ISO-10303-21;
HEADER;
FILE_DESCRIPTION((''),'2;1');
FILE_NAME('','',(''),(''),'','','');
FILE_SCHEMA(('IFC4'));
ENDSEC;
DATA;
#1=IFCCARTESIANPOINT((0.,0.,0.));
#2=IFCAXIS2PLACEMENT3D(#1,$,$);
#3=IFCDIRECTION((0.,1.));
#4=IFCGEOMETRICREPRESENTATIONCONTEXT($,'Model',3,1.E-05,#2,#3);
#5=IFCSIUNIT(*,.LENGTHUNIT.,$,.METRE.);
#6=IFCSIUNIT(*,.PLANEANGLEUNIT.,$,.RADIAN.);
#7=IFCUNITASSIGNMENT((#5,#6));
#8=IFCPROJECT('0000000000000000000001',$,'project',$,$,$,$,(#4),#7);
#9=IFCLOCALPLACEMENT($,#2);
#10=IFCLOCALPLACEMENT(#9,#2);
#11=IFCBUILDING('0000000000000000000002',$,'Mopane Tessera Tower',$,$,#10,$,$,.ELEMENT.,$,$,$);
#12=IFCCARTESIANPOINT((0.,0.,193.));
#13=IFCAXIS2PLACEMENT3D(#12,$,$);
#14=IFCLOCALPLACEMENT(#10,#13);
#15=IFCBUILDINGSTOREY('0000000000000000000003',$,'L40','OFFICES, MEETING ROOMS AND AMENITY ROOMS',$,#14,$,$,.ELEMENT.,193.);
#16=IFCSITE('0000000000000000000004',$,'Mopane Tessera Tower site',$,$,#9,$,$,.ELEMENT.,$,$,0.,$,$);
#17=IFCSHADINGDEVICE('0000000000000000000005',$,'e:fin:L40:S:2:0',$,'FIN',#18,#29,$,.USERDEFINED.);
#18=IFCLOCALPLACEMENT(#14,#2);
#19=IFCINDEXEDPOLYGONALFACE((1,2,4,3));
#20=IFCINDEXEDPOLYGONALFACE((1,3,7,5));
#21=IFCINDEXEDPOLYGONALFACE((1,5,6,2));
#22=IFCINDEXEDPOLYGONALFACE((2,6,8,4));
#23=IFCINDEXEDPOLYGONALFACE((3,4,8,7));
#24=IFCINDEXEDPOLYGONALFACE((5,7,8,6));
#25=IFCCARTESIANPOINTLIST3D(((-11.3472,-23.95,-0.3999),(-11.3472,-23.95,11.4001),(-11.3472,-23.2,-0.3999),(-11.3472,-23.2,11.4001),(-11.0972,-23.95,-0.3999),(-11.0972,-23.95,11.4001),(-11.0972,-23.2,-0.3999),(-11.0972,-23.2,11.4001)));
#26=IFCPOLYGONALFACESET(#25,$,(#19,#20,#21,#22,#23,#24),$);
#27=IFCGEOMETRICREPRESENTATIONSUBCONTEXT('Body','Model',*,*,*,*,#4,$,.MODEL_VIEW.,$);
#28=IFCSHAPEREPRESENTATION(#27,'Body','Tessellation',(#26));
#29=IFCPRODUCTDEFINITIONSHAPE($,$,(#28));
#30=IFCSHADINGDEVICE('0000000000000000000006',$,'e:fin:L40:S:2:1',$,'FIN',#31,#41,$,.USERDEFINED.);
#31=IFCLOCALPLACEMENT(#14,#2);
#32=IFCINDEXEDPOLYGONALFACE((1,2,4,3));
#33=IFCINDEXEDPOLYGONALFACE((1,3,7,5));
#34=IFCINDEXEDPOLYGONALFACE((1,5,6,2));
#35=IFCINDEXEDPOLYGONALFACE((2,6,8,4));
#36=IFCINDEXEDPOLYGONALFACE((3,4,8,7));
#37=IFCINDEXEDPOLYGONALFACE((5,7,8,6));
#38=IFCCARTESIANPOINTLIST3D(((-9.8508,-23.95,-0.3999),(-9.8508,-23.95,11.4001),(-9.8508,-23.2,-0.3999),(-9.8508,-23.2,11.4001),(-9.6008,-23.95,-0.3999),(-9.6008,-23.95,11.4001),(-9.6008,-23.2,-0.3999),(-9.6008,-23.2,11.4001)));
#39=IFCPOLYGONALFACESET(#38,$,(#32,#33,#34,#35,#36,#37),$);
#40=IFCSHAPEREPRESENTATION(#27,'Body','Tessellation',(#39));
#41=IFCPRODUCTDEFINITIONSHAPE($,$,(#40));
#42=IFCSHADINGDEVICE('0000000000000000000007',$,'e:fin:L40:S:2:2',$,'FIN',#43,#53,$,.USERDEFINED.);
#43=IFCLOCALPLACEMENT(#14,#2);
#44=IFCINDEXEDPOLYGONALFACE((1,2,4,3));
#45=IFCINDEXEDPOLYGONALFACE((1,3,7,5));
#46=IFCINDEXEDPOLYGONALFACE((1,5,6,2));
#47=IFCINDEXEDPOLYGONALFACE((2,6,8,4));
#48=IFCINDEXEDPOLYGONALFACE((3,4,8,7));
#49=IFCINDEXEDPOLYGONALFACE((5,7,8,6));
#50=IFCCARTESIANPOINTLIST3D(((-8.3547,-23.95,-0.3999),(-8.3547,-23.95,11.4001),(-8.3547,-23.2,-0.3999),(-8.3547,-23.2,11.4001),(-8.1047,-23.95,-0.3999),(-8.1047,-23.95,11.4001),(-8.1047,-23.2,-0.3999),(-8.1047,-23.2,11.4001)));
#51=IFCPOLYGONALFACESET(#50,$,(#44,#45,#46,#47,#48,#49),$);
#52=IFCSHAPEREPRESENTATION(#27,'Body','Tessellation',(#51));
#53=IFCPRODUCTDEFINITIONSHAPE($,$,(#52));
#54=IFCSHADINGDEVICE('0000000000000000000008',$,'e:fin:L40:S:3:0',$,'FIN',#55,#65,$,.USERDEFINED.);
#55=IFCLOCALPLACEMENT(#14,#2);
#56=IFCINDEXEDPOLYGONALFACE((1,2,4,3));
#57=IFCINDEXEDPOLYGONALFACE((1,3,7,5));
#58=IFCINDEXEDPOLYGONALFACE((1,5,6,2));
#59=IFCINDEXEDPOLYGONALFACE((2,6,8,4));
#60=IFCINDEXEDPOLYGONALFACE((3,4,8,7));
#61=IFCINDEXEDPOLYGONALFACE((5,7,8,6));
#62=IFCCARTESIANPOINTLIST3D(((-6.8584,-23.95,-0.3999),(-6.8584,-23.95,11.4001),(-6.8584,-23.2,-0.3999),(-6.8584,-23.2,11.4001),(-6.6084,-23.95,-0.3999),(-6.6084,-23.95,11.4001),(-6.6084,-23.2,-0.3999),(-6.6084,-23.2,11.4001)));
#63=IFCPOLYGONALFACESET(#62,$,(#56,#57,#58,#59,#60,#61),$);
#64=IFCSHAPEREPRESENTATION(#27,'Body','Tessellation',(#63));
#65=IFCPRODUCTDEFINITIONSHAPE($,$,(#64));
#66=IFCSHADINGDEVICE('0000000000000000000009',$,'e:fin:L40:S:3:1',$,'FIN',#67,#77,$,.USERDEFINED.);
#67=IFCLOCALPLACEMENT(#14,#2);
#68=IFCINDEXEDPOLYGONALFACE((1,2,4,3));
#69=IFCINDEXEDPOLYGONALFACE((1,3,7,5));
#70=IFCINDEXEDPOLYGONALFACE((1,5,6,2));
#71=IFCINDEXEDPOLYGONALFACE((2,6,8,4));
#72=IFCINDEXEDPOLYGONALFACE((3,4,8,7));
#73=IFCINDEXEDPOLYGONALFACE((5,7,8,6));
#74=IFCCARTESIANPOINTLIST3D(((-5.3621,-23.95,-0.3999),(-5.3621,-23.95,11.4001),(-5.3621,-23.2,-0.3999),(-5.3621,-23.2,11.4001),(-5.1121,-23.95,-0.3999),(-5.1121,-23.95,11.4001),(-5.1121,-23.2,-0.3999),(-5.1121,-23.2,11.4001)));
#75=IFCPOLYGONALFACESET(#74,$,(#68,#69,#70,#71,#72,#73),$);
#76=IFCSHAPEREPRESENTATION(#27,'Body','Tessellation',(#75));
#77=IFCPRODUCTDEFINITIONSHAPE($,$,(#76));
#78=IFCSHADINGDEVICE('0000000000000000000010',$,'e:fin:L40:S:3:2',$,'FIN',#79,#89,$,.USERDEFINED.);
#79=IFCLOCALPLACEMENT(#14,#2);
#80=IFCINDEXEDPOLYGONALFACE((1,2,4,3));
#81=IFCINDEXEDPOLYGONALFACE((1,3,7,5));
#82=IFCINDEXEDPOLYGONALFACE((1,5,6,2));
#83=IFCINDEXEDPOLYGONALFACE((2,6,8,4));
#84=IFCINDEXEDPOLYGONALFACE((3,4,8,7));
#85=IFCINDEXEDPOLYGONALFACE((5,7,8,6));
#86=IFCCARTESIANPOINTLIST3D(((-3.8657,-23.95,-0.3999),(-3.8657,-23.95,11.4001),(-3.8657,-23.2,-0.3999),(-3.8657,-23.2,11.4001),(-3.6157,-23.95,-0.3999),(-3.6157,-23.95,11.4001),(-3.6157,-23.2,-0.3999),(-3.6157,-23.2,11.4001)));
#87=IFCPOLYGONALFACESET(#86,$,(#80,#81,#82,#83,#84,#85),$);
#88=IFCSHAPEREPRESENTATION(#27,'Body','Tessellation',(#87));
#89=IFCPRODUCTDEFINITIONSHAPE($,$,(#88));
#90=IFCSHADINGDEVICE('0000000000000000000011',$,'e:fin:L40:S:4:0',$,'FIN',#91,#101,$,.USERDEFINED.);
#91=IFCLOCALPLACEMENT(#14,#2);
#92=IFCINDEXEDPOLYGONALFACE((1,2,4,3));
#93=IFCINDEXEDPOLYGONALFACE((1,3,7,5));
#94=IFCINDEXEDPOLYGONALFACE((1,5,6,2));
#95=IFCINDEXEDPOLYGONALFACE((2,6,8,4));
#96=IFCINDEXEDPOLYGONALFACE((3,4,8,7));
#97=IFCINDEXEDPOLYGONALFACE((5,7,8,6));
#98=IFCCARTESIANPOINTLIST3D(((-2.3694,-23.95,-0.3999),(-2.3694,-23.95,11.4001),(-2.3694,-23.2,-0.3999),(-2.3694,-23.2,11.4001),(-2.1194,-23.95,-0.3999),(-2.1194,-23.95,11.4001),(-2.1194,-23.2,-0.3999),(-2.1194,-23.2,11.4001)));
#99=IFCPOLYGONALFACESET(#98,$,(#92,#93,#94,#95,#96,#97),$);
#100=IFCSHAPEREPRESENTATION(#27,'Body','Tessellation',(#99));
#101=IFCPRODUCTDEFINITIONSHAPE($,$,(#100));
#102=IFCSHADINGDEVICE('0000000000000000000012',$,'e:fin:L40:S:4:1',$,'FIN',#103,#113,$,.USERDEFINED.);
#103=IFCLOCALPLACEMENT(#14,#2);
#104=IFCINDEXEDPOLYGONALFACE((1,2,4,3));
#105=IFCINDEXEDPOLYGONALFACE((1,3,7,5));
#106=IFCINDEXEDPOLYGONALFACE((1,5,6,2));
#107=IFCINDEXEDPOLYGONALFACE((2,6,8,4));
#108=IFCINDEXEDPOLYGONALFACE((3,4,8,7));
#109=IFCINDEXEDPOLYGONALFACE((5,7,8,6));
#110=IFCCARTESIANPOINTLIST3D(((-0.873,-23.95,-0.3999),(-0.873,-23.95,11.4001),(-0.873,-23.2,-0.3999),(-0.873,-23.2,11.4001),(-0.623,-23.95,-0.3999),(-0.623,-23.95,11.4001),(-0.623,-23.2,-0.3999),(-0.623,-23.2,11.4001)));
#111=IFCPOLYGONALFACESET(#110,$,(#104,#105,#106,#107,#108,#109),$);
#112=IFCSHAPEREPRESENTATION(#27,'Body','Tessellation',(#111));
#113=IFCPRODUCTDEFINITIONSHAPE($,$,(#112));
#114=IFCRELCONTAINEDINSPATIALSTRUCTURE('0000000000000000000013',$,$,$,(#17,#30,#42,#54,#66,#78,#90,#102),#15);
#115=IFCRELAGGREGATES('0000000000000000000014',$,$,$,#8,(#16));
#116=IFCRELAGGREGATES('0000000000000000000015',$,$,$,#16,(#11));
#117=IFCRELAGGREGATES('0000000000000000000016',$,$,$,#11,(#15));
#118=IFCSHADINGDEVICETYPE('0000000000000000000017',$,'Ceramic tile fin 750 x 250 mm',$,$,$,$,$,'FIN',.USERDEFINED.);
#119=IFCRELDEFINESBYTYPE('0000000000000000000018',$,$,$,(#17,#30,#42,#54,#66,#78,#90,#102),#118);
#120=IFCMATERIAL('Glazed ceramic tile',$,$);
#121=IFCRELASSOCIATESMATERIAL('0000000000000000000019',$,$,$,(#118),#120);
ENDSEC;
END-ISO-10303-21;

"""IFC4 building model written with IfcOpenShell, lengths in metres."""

from ifc_helpers import new_model, si_unit, direction, frame, origin, origin_2d, place, context, subcontext, project, spatial, rectangle, extrude, material, type_object, element, save


model = new_model("IFC4")

# Units and contexts
model_context = context("Model", 3, precision=1e-05, world=origin(), true_north=direction((0.0, 1.0)))
body_context = subcontext(model_context, "Body", "Model", "MODEL_VIEW")
ifc_project = project(units=[si_unit("LENGTHUNIT", "METRE"), si_unit("PLANEANGLEUNIT", "RADIAN")], contexts=[model_context])

# Site, building, storey
site_placement = place(None, origin())
site = spatial("IfcSite", under=ifc_project, at=site_placement, Name="Mopane Tessera Tower site", CompositionType="ELEMENT", RefElevation=0.0)
building_placement = place(site_placement, origin())
building = spatial("IfcBuilding", under=site, at=building_placement, Name="Mopane Tessera Tower", CompositionType="ELEMENT")
storey_placement = place(building_placement, frame((0.0, 0.0, 193.0)))
storey = spatial("IfcBuildingStorey", under=building, at=storey_placement, Name="L40", Description="OFFICES, MEETING ROOMS AND AMENITY ROOMS", CompositionType="ELEMENT", Elevation=193.0)

# Shading devices
ifc_material_1 = material(Name="Glazed ceramic tile")
shading_device_type = type_object("IfcShadingDeviceType", Name="Ceramic tile fin 750 x 250 mm", ElementType="FIN", PredefinedType="USERDEFINED", material=ifc_material_1)
for number, where, z_axis, x_axis, name in (
    (1, (-11.2222, -23.575, -0.3999), (0.0, 0.0, 1.0), (1.0, 0.0, 0.0), "e:fin:L40:S:2:0"),
    (2, (-9.7258, -23.575, -0.3999), (0.0, 0.0, 1.0), (1.0, 0.0, 0.0), "e:fin:L40:S:2:1"),
    (3, (-8.2297, -23.575, -0.3999), (0.0, 0.0, 1.0), (1.0, 0.0, 0.0), "e:fin:L40:S:2:2"),
    (4, (-6.7334, -23.575, -0.3999), (0.0, 0.0, 1.0), (1.0, 0.0, 0.0), "e:fin:L40:S:3:0"),
    (5, (-5.2371, -23.575, -0.3999), (0.0, 0.0, 1.0), (1.0, 0.0, 0.0), "e:fin:L40:S:3:1"),
    (6, (-3.7407, -23.575, -0.3999), (0.0, 0.0, 1.0), (1.0, 0.0, 0.0), "e:fin:L40:S:3:2"),
    (7, (-2.2444, -23.575, -0.3999), (0.0, 0.0, 1.0), (1.0, 0.0, 0.0), "e:fin:L40:S:4:0"),
    (8, (-0.748, -23.575, -0.3999), (0.0, 0.0, 1.0), (1.0, 0.0, 0.0), "e:fin:L40:S:4:1"),
):
    element("IfcShadingDevice", number, at=place(storey_placement, frame(where, z_axis=z_axis, x_axis=x_axis)), inside=storey, type_object=shading_device_type, Name=name, ObjectType="FIN", PredefinedType="USERDEFINED", context=body_context, shape_type="SweptSolid", body=[
        extrude(rectangle(XDim=0.25, YDim=0.75, at=origin_2d()), origin(), (0.0, 0.0, 1.0), 11.8),
    ])

save(model, "model.ifc")
